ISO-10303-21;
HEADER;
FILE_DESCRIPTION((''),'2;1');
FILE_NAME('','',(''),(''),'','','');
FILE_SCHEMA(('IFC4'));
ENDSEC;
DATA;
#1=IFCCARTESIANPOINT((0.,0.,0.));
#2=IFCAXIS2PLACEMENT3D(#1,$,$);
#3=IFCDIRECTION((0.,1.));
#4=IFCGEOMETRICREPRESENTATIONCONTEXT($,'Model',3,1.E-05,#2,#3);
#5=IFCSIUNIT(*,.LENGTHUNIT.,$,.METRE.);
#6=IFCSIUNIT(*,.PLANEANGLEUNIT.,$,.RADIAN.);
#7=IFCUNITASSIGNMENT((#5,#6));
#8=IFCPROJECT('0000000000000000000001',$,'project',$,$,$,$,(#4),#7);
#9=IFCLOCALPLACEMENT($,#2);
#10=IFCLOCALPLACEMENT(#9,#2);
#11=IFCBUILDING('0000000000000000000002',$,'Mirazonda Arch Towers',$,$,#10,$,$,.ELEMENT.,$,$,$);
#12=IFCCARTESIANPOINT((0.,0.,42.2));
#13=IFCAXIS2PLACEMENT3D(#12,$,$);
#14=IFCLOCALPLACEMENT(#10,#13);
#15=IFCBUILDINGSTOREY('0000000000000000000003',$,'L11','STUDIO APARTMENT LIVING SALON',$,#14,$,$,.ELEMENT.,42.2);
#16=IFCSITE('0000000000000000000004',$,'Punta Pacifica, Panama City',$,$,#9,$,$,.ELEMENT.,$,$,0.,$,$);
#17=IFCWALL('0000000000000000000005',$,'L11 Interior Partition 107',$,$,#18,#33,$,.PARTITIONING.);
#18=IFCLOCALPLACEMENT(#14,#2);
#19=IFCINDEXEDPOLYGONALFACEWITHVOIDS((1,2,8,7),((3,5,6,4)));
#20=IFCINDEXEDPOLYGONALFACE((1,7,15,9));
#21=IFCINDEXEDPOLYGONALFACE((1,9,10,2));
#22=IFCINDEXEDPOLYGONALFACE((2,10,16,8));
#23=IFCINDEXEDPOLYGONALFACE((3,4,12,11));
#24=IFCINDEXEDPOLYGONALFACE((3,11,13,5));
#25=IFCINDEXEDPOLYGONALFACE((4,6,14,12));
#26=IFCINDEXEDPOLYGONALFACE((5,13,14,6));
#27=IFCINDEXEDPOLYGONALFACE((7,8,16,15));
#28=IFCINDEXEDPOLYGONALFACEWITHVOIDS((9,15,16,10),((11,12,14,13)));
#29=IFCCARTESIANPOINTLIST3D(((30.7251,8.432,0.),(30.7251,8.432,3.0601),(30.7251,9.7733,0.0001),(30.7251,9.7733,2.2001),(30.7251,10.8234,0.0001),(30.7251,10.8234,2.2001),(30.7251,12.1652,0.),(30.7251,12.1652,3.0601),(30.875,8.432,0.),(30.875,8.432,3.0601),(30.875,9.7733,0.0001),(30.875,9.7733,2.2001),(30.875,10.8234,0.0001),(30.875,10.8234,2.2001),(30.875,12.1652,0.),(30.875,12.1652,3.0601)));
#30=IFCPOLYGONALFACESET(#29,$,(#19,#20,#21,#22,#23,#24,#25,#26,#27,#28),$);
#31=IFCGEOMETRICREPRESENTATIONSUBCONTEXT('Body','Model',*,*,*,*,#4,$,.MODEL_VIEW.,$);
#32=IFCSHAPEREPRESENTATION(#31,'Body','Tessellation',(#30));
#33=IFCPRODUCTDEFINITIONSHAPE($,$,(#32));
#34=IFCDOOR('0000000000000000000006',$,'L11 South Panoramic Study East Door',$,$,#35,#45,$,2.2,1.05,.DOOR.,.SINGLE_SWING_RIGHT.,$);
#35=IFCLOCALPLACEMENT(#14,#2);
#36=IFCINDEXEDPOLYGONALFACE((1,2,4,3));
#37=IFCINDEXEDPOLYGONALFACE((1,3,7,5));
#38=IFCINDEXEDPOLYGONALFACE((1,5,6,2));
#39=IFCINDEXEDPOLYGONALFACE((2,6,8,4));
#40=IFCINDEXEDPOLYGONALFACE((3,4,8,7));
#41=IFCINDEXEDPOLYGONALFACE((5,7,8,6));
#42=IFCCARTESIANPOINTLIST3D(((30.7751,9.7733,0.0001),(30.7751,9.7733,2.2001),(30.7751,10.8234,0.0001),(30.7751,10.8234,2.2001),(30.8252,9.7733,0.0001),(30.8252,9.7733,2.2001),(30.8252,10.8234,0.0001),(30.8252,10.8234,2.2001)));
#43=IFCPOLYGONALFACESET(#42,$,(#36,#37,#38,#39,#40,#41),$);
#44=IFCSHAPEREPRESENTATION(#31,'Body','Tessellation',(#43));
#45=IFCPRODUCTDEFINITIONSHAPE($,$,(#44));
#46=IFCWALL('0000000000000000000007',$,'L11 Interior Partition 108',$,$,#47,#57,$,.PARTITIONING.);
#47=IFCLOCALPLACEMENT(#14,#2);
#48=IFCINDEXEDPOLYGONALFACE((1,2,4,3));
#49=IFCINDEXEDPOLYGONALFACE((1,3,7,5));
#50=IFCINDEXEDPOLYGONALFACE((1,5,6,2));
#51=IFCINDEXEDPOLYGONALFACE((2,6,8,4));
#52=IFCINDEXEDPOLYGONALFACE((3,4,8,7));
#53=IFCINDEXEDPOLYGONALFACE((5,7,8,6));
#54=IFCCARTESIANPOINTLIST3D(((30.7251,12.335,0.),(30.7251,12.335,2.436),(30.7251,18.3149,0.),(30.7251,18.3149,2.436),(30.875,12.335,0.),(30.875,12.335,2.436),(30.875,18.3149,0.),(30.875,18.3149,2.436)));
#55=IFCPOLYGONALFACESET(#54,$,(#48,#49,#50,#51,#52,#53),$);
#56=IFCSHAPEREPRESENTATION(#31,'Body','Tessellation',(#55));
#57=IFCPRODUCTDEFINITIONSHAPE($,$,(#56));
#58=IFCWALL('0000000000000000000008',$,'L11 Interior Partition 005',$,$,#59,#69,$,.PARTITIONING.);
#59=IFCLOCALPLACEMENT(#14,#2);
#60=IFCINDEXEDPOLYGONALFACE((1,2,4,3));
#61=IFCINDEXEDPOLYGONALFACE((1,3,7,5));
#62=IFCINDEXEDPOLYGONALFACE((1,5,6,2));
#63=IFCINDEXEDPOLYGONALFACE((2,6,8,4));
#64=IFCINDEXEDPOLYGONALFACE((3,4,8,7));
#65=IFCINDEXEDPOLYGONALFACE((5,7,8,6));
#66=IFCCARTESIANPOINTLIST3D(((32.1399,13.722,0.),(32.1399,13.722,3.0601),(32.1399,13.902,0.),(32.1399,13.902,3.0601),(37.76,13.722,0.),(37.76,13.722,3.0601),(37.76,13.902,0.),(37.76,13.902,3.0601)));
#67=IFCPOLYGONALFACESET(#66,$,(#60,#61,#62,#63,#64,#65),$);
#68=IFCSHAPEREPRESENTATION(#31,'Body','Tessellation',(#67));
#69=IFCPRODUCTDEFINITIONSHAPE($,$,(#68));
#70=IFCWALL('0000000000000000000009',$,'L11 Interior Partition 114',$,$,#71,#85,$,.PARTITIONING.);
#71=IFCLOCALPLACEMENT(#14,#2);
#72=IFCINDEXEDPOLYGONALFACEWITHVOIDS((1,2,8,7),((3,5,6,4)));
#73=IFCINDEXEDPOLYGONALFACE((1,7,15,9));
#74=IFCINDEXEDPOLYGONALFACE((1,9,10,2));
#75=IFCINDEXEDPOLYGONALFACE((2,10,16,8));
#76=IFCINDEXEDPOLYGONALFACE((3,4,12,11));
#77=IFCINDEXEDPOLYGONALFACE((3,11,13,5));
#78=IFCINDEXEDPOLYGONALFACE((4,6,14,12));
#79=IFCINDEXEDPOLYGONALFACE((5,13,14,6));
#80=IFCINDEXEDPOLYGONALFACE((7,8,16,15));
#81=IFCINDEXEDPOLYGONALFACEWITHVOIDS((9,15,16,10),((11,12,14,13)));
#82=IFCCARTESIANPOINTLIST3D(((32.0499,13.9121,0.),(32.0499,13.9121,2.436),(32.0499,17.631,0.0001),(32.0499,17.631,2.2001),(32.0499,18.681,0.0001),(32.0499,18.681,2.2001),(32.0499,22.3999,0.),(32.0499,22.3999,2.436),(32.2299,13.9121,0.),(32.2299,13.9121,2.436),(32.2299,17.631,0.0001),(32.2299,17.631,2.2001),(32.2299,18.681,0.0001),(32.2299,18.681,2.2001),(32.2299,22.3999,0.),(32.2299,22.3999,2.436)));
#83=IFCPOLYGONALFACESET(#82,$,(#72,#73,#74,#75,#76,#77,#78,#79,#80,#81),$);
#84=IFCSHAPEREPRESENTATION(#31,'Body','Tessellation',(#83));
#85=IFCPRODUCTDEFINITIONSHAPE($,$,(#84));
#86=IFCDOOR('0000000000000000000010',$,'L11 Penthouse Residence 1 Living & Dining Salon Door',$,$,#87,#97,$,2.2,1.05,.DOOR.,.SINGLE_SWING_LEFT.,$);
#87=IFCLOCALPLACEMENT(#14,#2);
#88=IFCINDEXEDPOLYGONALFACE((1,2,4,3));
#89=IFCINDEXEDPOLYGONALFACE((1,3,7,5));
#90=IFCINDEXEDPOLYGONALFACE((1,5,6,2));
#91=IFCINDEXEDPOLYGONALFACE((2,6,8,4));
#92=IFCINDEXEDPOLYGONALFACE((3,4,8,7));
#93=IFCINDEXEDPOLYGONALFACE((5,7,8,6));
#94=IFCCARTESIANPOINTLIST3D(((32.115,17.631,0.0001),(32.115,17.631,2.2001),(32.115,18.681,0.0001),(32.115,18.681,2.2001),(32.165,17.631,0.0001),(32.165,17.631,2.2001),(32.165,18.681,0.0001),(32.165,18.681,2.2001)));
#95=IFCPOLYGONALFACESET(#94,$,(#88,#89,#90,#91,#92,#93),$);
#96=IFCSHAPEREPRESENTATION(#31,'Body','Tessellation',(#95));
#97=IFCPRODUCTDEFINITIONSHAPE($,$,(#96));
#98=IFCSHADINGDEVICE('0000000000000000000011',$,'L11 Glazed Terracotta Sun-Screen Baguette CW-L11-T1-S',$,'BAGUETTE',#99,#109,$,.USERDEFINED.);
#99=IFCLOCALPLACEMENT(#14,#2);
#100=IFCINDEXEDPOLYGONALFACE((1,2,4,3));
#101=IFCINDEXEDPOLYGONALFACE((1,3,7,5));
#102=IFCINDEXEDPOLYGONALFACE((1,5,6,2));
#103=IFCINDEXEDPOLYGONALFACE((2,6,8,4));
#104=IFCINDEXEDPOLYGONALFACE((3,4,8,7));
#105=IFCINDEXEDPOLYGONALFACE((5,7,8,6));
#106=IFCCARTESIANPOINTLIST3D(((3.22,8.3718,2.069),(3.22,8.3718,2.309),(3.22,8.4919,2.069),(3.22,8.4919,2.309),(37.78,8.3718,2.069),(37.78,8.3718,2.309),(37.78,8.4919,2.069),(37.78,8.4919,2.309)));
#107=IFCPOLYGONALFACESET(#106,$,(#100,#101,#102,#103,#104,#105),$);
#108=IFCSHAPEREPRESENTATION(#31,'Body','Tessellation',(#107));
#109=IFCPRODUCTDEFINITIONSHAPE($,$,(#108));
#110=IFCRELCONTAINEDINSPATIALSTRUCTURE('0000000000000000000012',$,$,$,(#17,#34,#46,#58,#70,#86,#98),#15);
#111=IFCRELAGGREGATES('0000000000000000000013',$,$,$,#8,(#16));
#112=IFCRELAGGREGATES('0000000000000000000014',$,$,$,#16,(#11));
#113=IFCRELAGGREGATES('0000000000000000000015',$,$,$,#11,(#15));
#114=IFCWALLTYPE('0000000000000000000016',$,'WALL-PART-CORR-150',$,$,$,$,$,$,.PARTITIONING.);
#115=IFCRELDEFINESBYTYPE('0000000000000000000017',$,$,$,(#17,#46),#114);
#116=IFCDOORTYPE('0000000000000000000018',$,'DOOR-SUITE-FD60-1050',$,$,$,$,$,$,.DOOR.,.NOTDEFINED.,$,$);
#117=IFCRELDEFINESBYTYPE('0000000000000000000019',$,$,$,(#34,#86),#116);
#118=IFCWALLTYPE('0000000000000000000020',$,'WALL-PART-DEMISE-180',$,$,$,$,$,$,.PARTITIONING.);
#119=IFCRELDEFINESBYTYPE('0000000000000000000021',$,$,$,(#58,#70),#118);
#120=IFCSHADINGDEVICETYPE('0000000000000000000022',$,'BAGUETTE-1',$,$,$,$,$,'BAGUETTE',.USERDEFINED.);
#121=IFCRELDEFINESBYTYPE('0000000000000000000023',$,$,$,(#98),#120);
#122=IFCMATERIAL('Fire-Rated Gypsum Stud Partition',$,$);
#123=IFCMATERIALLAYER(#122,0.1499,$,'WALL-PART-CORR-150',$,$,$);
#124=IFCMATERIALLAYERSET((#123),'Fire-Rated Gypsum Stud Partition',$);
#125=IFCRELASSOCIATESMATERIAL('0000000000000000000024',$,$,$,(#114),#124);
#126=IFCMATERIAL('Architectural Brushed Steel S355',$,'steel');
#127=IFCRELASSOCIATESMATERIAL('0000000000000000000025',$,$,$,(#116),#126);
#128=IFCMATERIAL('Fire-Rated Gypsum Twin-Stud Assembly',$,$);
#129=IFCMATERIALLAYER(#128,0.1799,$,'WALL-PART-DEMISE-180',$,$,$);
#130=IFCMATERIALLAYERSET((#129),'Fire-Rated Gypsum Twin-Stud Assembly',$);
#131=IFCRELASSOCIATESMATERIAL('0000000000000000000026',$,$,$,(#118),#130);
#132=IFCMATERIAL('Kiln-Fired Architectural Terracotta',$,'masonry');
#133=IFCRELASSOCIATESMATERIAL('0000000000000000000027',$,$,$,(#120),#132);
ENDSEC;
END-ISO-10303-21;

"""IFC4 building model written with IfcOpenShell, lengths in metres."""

from ifc_helpers import new_model, si_unit, direction, frame, frame_2d, origin, origin_2d, place, context, subcontext, project, spatial, rectangle, extrude, material, layer, layer_set, material_profile, profile_set, type_object, element, fill, save


model = new_model("IFC4")

# Units and contexts
model_context = context("Model", 3, precision=1e-05, world=origin(), true_north=direction((0.0, 1.0)))
body_context = subcontext(model_context, "Body", "Model", "MODEL_VIEW")
ifc_project = project(units=[si_unit("LENGTHUNIT", "METRE"), si_unit("PLANEANGLEUNIT", "RADIAN")], contexts=[model_context])

# Site, building, storey
site_placement = place(None, origin())
site = spatial("IfcSite", under=ifc_project, at=site_placement, Name="Punta Pacifica, Panama City", CompositionType="ELEMENT", RefElevation=0.0)
building_placement = place(site_placement, origin())
building = spatial("IfcBuilding", under=site, at=building_placement, Name="Mirazonda Arch Towers", CompositionType="ELEMENT")
storey_placement = place(building_placement, frame((0.0, 0.0, 42.2)))
storey = spatial("IfcBuildingStorey", under=building, at=storey_placement, Name="L11", Description="STUDIO APARTMENT LIVING SALON", CompositionType="ELEMENT", Elevation=42.2)

# Shared definitions
ifc_material_1 = material(Name="Fire-Rated Gypsum Stud Partition")
ifc_layer_1 = layer(ifc_material_1, 0.1499, Name="WALL-PART-CORR-150")
ifc_layer_set_1 = layer_set([ifc_layer_1], Name="Fire-Rated Gypsum Stud Partition")
wall_type_1 = type_object("IfcWallType", Name="WALL-PART-CORR-150", PredefinedType="PARTITIONING", material=ifc_layer_set_1)

# Wall, opening, door
wall_1_placement = place(storey_placement, frame((30.8, 8.4319, 0.0), z_axis=(0.0, 0.0, 1.0), x_axis=(0.0, 1.0, 0.0)))
wall_1 = element("IfcWall", 1, at=wall_1_placement, inside=storey, type_object=wall_type_1, Name="L11 Interior Partition 107", PredefinedType="PARTITIONING", context=body_context, shape_type="SweptSolid", body=[
    extrude(rectangle(XDim=3.7332, YDim=0.1499, at=frame_2d((1.8667, 0.0))), origin(), (0.0, 0.0, 1.0), 3.0601),
])
opening_1_placement = place(wall_1_placement, frame((1.3416, 0.0, 0.0)))
opening_1 = element("IfcOpeningElement", 2, at=opening_1_placement, cuts=wall_1, PredefinedType="OPENING", context=body_context, shape_type="SweptSolid", body=[
    extrude(rectangle(XDim=1.05, YDim=2.2, at=frame_2d((0.5249, 1.1001))), frame((0.0, 0.085, 0.0), z_axis=(0.0, -1.0, 0.0), x_axis=(1.0, 0.0, 0.0)), (0.0, 0.0, 1.0), 0.1699),
])
ifc_material_2 = material(Name="Architectural Brushed Steel S355", Category="steel")
door_type_1 = type_object("IfcDoorType", Name="DOOR-SUITE-FD60-1050", OperationType="NOTDEFINED", PredefinedType="DOOR", material=ifc_material_2)
door_1_placement = place(opening_1_placement, origin())
door_1 = element("IfcDoor", 3, at=door_1_placement, inside=storey, type_object=door_type_1, Name="L11 South Panoramic Study East Door", OperationType="SINGLE_SWING_RIGHT", OverallHeight=2.2, OverallWidth=1.05, PredefinedType="DOOR", context=body_context, shape_type="SweptSolid", body=[
    extrude(rectangle(XDim=1.05, YDim=2.2, at=frame_2d((0.5249, 1.1001))), frame((0.0, 0.0249, 0.0), z_axis=(0.0, -1.0, 0.0), x_axis=(1.0, 0.0, 0.0)), (0.0, 0.0, 1.0), 0.05),
])
fill(opening_1, door_1)

# Walls
wall_2_placement = place(storey_placement, frame((30.8, 12.335, 0.0), z_axis=(0.0, 0.0, 1.0), x_axis=(0.0, 1.0, 0.0)))
element("IfcWall", 4, at=wall_2_placement, inside=storey, type_object=wall_type_1, Name="L11 Interior Partition 108", PredefinedType="PARTITIONING", context=body_context, shape_type="SweptSolid", body=[
    extrude(rectangle(XDim=5.98, YDim=0.1499, at=frame_2d((2.99, 0.0))), origin(), (0.0, 0.0, 1.0), 2.436),
])
ifc_material_3 = material(Name="Fire-Rated Gypsum Twin-Stud Assembly")
ifc_layer_2 = layer(ifc_material_3, 0.1799, Name="WALL-PART-DEMISE-180")
ifc_layer_set_2 = layer_set([ifc_layer_2], Name="Fire-Rated Gypsum Twin-Stud Assembly")
wall_type_2 = type_object("IfcWallType", Name="WALL-PART-DEMISE-180", PredefinedType="PARTITIONING", material=ifc_layer_set_2)
wall_3_placement = place(storey_placement, frame((32.1399, 13.812, 0.0), z_axis=(0.0, 0.0, 1.0), x_axis=(1.0, 0.0, 0.0)))
element("IfcWall", 5, at=wall_3_placement, inside=storey, type_object=wall_type_2, Name="L11 Interior Partition 005", PredefinedType="PARTITIONING", context=body_context, shape_type="SweptSolid", body=[
    extrude(rectangle(XDim=5.6201, YDim=0.1799, at=frame_2d((2.8101, 0.0))), origin(), (0.0, 0.0, 1.0), 3.0601),
])

# Wall, opening, door
wall_4_placement = place(storey_placement, frame((32.1399, 13.9121, 0.0), z_axis=(0.0, 0.0, 1.0), x_axis=(0.0, 1.0, 0.0)))
wall_4 = element("IfcWall", 6, at=wall_4_placement, inside=storey, type_object=wall_type_2, Name="L11 Interior Partition 114", PredefinedType="PARTITIONING", context=body_context, shape_type="SweptSolid", body=[
    extrude(rectangle(XDim=8.4878, YDim=0.1799, at=frame_2d((4.2439, 0.0))), origin(), (0.0, 0.0, 1.0), 2.436),
])
opening_2_placement = place(wall_4_placement, frame((3.719, 0.0, 0.0)))
opening_2 = element("IfcOpeningElement", 7, at=opening_2_placement, cuts=wall_4, PredefinedType="OPENING", context=body_context, shape_type="SweptSolid", body=[
    extrude(rectangle(XDim=1.05, YDim=2.2, at=frame_2d((0.5249, 1.1001))), frame((0.0, 0.0999, 0.0), z_axis=(0.0, -1.0, 0.0), x_axis=(1.0, 0.0, 0.0)), (0.0, 0.0, 1.0), 0.2),
])
door_2_placement = place(opening_2_placement, origin())
door_2 = element("IfcDoor", 8, at=door_2_placement, inside=storey, type_object=door_type_1, Name="L11 Penthouse Residence 1 Living & Dining Salon Door", OperationType="SINGLE_SWING_LEFT", OverallHeight=2.2, OverallWidth=1.05, PredefinedType="DOOR", context=body_context, shape_type="SweptSolid", body=[
    extrude(rectangle(XDim=1.05, YDim=2.2, at=frame_2d((0.5249, 1.1001))), frame((0.0, 0.0249, 0.0), z_axis=(0.0, -1.0, 0.0), x_axis=(1.0, 0.0, 0.0)), (0.0, 0.0, 1.0), 0.05),
])
fill(opening_2, door_2)

# Shading device
ifc_material_4 = material(Name="Kiln-Fired Architectural Terracotta", Category="masonry")
ifc_material_profile_1 = material_profile(ifc_material_4, rectangle(XDim=0.1201, YDim=0.24, at=origin_2d()), Name="TERRA-BAG-120x240")
ifc_profile_set_1 = profile_set([ifc_material_profile_1], Name="Kiln-Fired Architectural Terracotta")
shading_device_type = type_object("IfcShadingDeviceType", Name="BAGUETTE-1", ElementType="BAGUETTE", PredefinedType="USERDEFINED", material=ifc_profile_set_1)
shading_device_placement = place(storey_placement, frame((37.78, 8.4319, 2.189), z_axis=(-1.0, 0.0, 0.0), x_axis=(0.0, -1.0, 0.0)))
element("IfcShadingDevice", 9, at=shading_device_placement, inside=storey, type_object=shading_device_type, Name="L11 Glazed Terracotta Sun-Screen Baguette CW-L11-T1-S", ObjectType="BAGUETTE", PredefinedType="USERDEFINED", context=body_context, shape_type="SweptSolid", body=[
    extrude(rectangle(XDim=0.1201, YDim=0.24, at=origin_2d()), origin(), (0.0, 0.0, 1.0), 34.5601),
])

save(model, "model.ifc")
